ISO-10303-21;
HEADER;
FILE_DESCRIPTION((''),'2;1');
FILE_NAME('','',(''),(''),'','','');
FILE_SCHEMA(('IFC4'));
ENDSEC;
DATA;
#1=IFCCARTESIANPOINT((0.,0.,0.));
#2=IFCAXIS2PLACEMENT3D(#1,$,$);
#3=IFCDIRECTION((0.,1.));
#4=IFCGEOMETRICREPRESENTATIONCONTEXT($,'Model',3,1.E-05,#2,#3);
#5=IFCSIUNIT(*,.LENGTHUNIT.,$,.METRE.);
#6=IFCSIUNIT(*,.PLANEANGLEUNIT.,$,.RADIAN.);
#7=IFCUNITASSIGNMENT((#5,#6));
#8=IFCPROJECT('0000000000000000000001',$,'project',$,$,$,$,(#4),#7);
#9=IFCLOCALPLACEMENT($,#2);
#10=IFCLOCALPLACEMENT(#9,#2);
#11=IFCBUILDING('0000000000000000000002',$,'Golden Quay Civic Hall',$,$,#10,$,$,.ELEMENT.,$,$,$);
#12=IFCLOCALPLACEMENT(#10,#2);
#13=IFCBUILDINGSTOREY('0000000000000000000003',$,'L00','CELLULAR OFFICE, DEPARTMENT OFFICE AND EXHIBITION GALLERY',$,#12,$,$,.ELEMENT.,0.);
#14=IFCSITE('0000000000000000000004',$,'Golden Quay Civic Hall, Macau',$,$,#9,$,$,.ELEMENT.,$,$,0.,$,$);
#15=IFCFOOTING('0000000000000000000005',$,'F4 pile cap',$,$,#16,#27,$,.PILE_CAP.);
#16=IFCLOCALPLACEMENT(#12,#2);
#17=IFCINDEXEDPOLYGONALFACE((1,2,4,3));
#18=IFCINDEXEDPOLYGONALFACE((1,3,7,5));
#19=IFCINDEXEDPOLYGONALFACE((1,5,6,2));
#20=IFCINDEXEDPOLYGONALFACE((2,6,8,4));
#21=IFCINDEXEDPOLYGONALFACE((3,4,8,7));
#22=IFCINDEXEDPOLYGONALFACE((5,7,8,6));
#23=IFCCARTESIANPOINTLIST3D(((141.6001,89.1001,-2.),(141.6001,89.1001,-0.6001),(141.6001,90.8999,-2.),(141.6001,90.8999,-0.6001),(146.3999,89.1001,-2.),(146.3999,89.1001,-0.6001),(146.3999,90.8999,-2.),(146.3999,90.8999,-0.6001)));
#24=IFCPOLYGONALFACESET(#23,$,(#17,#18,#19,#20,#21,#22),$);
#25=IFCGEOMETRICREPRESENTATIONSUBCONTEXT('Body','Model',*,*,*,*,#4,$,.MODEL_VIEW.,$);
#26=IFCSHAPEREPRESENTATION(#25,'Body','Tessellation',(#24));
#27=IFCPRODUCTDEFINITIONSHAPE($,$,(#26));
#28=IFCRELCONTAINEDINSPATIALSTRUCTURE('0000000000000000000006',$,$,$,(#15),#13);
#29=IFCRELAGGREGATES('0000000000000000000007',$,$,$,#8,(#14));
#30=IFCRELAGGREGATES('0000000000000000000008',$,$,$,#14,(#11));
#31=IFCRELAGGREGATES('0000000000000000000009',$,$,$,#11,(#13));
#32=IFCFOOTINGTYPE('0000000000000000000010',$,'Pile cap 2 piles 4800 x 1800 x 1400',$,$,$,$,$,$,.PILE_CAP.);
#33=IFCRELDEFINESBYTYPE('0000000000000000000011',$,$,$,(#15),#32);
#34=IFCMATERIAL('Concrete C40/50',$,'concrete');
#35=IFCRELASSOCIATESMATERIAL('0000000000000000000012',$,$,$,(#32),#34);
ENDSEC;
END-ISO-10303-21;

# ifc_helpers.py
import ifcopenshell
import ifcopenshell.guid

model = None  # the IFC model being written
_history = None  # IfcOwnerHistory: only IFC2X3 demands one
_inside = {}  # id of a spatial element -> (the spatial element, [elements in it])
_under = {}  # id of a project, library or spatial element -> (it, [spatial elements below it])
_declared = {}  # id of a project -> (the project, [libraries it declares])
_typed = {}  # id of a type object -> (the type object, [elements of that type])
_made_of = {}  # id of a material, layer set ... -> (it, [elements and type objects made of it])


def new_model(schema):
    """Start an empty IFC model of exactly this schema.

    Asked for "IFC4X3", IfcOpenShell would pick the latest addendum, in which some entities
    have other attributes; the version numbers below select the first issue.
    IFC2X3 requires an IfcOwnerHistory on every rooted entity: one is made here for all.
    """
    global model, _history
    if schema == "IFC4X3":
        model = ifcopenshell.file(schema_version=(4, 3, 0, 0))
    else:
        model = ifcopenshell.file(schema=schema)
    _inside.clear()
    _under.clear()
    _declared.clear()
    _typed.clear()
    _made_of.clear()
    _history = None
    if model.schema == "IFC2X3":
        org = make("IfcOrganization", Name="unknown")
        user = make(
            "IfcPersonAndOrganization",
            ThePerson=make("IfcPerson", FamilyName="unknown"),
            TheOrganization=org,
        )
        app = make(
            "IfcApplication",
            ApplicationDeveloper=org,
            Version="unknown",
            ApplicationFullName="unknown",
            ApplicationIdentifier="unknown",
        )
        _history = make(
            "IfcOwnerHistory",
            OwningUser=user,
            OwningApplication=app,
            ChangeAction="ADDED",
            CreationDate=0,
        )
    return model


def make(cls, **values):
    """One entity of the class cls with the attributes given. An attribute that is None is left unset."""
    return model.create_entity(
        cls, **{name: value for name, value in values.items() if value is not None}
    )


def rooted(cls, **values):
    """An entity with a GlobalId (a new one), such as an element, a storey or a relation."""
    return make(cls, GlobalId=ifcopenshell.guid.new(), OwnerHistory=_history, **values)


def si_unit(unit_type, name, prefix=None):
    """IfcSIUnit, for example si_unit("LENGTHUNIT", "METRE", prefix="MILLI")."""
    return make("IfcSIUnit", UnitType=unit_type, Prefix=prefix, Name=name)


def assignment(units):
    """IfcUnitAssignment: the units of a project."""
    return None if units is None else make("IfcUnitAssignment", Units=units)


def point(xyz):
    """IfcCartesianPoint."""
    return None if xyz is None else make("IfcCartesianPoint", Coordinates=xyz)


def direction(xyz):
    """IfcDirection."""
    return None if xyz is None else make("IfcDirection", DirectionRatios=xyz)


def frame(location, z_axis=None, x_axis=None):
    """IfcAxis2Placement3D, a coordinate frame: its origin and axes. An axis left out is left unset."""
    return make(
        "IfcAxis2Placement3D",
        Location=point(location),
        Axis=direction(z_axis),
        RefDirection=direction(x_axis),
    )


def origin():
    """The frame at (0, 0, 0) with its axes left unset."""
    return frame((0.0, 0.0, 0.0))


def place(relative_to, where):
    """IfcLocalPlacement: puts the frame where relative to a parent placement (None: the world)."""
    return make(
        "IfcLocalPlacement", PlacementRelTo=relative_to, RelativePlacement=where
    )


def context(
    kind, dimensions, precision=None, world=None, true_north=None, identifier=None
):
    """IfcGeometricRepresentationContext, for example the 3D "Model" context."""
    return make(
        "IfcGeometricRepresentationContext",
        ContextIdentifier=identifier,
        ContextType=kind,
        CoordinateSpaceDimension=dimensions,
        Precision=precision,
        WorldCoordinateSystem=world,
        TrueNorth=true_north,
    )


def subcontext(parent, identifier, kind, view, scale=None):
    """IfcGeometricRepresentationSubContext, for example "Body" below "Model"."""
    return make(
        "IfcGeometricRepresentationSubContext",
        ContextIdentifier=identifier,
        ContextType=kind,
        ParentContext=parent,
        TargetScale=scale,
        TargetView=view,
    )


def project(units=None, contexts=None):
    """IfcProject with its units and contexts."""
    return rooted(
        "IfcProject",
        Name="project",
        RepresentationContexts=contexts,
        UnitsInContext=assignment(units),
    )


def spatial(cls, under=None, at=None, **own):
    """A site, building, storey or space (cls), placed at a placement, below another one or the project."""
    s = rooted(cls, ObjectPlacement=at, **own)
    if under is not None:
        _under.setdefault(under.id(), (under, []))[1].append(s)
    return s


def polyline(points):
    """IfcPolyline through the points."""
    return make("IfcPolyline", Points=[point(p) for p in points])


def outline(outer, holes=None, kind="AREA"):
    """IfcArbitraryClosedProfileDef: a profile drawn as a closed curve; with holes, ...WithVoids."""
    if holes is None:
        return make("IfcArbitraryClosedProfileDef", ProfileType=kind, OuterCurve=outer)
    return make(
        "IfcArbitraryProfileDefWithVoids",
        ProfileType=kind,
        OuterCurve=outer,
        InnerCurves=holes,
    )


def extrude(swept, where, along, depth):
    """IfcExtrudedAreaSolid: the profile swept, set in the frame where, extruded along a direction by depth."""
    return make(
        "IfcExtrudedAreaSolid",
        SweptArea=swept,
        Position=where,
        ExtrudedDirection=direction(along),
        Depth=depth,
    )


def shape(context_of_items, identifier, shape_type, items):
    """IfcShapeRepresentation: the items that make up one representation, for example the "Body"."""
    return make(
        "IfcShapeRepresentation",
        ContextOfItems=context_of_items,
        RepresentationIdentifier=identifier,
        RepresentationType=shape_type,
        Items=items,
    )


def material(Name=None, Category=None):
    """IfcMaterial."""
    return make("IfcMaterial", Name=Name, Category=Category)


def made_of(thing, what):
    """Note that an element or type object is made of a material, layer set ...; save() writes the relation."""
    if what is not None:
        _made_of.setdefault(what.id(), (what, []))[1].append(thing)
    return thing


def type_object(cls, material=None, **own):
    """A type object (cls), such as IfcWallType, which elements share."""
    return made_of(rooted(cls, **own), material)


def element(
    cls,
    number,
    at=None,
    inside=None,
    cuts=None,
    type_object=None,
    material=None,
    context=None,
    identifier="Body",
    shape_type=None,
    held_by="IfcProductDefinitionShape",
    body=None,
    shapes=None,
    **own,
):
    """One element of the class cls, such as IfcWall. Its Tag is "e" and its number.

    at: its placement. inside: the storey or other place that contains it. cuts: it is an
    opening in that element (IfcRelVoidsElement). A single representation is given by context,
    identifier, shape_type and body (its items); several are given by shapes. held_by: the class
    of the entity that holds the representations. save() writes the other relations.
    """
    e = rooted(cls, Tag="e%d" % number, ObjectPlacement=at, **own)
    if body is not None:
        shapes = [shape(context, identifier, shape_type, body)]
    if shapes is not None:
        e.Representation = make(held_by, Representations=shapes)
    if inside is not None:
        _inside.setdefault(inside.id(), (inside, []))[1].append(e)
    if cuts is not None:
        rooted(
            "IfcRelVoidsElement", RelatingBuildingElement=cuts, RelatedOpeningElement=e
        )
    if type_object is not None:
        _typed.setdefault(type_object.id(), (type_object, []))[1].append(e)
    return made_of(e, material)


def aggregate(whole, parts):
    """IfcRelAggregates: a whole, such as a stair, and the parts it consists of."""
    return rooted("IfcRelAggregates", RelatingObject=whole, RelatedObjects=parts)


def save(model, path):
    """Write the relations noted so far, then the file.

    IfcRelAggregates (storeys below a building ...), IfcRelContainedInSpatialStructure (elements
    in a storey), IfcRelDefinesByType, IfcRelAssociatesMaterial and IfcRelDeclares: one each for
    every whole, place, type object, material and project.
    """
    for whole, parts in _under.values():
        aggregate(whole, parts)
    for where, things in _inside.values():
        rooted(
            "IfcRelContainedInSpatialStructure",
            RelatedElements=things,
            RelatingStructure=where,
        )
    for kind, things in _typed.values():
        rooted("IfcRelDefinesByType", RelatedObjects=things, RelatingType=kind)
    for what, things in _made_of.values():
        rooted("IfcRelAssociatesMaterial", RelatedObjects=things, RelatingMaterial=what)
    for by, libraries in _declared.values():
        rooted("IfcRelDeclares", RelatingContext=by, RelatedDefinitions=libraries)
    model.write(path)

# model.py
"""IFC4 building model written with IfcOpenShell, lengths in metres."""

from ifc_helpers import new_model, si_unit, direction, frame, origin, place, context, subcontext, project, spatial, polyline, outline, extrude, material, type_object, element, save


model = new_model("IFC4")

# Units and contexts
model_context = context("Model", 3, precision=1e-05, world=origin(), true_north=direction((0.0, 1.0)))
body_context = subcontext(model_context, "Body", "Model", "MODEL_VIEW")
ifc_project = project(units=[si_unit("LENGTHUNIT", "METRE"), si_unit("PLANEANGLEUNIT", "RADIAN")], contexts=[model_context])

# Site, building, storey
site_placement = place(None, origin())
site = spatial("IfcSite", under=ifc_project, at=site_placement, Name="Golden Quay Civic Hall, Macau", CompositionType="ELEMENT", RefElevation=0.0)
building_placement = place(site_placement, origin())
building = spatial("IfcBuilding", under=site, at=building_placement, Name="Golden Quay Civic Hall", CompositionType="ELEMENT")
storey_placement = place(building_placement, origin())
storey = spatial("IfcBuildingStorey", under=building, at=storey_placement, Name="L00", Description="CELLULAR OFFICE, DEPARTMENT OFFICE AND EXHIBITION GALLERY", CompositionType="ELEMENT", Elevation=0.0)

# Footing
ifc_material_1 = material(Name="Concrete C40/50", Category="concrete")
footing_type_1 = type_object("IfcFootingType", Name="Pile cap 2 piles 4800 x 1800 x 1400", PredefinedType="PILE_CAP", material=ifc_material_1)
footing_1_placement = place(storey_placement, frame((0.0, 0.0, -2.0)))
element("IfcFooting", 1, at=footing_1_placement, inside=storey, type_object=footing_type_1, Name="F4 pile cap", PredefinedType="PILE_CAP", context=body_context, shape_type="SweptSolid", body=[
    extrude(outline(polyline([(146.3999, 89.1001), (146.3999, 90.8999), (141.6001, 90.8999), (141.6001, 89.1001), (146.3999, 89.1001)])), origin(), (0.0, 0.0, 1.0), 1.3999),
])

save(model, "model.ifc")
